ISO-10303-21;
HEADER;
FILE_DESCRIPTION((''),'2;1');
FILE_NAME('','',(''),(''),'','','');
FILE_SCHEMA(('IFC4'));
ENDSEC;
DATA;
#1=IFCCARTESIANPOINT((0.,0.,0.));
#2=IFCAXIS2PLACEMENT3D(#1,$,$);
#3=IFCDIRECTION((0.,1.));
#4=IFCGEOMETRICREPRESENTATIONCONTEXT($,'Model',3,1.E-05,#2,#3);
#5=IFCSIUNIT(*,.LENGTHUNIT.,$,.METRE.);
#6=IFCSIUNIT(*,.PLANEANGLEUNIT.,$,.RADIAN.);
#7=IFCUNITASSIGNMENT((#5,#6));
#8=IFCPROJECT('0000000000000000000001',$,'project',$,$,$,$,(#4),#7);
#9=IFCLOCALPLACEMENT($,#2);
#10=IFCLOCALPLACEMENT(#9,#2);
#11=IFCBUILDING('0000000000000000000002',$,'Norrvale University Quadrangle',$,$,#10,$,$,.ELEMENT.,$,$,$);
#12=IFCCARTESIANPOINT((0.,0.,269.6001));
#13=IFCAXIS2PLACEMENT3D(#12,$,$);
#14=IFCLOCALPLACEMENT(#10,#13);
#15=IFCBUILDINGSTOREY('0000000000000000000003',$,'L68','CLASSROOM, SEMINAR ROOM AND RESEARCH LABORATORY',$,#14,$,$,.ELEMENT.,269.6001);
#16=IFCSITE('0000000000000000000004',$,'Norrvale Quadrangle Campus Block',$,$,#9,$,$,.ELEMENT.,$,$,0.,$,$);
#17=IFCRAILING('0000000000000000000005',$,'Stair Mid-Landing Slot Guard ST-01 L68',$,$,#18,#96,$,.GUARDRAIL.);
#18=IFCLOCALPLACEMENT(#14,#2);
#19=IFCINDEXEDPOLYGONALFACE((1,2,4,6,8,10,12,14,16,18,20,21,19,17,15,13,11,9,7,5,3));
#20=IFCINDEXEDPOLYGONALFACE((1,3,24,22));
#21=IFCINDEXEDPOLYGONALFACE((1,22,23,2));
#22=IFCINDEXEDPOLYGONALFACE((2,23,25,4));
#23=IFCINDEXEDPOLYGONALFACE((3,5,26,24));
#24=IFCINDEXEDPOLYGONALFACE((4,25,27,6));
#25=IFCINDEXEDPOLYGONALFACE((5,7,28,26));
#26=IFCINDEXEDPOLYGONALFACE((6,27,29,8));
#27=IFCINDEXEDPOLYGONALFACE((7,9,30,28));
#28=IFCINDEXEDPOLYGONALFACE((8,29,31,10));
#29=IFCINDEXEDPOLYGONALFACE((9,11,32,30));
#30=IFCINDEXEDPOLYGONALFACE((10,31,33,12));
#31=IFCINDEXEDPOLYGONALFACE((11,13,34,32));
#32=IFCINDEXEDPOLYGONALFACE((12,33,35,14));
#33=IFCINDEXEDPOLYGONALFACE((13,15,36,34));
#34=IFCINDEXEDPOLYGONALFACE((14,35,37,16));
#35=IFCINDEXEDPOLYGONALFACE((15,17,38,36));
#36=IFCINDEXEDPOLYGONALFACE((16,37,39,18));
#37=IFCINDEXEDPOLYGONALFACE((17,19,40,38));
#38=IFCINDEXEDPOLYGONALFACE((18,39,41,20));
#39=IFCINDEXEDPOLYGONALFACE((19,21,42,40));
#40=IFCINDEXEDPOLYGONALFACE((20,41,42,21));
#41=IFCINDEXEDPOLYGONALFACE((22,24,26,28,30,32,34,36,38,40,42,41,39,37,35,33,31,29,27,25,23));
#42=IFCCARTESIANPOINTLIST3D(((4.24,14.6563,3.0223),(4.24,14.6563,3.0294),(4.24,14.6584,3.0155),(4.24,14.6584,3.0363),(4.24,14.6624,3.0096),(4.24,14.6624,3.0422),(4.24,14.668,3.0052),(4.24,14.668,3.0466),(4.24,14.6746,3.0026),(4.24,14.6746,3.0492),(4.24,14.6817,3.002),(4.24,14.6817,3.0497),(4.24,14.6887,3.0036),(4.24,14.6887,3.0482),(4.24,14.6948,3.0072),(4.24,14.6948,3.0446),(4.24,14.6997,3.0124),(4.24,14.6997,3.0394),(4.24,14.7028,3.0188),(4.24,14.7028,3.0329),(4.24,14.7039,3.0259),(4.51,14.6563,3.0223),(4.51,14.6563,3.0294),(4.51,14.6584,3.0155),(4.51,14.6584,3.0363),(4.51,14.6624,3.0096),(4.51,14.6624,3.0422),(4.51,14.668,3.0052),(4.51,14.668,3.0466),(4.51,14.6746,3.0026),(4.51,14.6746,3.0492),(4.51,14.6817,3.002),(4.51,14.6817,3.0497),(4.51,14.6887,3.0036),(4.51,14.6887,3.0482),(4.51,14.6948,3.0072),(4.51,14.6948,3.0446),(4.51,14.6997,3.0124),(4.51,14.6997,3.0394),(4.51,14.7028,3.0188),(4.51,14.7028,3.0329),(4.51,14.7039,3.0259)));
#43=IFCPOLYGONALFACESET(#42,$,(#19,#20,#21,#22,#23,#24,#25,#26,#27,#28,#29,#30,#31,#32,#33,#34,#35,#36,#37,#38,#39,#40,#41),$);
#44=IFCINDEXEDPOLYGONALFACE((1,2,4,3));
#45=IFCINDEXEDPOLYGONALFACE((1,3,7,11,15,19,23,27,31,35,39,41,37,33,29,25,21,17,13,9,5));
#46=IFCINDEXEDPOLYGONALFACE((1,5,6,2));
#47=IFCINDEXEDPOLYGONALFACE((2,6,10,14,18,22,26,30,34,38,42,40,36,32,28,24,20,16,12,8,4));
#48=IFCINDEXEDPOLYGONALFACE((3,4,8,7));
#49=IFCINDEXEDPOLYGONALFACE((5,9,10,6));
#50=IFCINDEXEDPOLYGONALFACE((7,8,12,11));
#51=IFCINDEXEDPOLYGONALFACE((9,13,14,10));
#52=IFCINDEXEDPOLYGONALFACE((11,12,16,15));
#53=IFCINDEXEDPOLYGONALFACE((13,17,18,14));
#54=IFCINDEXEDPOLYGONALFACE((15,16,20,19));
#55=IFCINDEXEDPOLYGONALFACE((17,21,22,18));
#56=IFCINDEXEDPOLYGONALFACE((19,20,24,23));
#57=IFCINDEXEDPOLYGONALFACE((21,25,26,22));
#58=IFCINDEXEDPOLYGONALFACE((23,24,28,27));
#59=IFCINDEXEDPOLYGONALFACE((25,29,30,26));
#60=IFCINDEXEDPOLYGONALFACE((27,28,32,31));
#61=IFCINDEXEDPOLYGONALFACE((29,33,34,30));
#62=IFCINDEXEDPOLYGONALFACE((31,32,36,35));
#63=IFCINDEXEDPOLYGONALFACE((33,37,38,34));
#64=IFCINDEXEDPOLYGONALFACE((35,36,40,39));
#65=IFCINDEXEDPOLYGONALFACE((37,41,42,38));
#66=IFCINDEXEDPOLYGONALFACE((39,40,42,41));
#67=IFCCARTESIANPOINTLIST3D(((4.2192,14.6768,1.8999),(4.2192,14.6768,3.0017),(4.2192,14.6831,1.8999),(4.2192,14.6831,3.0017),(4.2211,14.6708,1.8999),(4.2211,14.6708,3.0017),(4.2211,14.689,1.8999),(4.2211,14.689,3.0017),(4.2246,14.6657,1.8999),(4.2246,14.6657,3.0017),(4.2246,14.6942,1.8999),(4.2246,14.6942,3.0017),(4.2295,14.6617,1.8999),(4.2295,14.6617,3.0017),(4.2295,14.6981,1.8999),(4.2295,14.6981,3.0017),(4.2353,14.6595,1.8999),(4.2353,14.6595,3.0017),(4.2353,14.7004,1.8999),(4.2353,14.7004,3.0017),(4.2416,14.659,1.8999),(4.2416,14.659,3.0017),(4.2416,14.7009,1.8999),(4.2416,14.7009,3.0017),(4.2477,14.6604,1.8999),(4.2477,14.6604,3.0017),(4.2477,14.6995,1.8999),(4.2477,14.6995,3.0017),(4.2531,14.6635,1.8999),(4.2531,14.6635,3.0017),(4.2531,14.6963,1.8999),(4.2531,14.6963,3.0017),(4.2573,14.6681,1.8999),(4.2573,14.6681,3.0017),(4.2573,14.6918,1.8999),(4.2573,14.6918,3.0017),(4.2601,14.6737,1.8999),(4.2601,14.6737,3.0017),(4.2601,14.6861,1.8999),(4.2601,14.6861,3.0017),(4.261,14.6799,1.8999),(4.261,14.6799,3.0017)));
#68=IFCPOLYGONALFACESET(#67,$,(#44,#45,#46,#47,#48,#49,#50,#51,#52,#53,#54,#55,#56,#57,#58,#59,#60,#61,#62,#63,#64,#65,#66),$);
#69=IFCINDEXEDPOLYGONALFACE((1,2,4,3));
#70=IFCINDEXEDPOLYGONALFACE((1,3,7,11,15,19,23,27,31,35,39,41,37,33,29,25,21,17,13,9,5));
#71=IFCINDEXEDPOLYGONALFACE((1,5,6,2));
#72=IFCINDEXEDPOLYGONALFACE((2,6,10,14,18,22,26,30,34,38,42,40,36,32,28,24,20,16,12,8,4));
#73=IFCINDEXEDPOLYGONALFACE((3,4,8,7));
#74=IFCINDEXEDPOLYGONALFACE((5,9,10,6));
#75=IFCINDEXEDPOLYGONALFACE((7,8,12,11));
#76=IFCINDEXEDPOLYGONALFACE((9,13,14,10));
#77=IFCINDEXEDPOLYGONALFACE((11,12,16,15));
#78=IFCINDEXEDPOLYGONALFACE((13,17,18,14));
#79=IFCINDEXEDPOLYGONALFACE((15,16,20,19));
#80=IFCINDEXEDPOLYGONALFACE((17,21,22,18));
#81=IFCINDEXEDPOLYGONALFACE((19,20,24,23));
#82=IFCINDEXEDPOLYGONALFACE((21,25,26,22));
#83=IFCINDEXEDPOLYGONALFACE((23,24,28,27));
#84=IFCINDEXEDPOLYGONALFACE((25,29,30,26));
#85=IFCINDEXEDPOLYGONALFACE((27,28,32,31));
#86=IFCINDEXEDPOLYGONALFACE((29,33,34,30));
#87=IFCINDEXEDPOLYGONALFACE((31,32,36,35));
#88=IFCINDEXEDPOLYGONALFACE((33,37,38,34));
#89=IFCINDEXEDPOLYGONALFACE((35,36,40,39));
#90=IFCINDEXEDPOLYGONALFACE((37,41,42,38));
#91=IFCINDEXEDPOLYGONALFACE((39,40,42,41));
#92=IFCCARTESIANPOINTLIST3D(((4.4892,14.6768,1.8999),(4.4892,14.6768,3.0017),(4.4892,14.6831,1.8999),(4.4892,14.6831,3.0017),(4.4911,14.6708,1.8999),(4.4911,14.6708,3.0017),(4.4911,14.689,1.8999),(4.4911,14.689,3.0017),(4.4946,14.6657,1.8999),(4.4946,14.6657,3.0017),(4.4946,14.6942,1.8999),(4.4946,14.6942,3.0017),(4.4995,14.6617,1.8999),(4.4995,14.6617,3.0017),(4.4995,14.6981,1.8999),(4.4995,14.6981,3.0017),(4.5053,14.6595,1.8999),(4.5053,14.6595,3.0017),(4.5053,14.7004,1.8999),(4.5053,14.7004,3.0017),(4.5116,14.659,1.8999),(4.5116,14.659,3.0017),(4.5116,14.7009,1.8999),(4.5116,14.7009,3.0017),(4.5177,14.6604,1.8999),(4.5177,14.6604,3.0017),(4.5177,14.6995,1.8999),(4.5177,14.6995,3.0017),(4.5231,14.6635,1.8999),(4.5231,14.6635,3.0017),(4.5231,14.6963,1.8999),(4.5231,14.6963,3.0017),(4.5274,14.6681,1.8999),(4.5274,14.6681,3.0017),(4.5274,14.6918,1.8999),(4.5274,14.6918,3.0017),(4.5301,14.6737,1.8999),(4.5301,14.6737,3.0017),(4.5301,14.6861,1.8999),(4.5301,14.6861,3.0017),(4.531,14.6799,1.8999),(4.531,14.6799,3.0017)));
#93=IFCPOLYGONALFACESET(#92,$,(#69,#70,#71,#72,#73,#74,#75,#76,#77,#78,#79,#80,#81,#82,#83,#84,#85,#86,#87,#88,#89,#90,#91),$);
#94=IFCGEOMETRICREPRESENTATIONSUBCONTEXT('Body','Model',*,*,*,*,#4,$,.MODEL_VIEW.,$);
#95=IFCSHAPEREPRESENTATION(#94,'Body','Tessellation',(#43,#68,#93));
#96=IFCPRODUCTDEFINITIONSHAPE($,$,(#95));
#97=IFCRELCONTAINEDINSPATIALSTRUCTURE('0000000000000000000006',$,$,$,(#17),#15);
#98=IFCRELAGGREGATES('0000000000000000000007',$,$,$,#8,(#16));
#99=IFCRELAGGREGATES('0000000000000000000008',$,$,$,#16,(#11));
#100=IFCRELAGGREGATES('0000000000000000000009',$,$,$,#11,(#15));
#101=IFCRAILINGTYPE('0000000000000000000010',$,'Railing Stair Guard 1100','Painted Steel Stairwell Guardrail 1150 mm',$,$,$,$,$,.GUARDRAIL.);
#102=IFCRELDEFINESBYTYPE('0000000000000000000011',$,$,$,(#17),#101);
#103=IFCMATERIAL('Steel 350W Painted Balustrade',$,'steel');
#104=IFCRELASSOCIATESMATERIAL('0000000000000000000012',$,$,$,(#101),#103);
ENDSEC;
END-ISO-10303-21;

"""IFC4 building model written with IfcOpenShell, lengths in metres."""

from ifc_helpers import new_model, si_unit, direction, frame, origin, origin_2d, place, context, subcontext, project, spatial, circle, extrude, material, type_object, element, save


model = new_model("IFC4")

# Units and contexts
model_context = context("Model", 3, precision=1e-05, world=origin(), true_north=direction((0.0, 1.0)))
body_context = subcontext(model_context, "Body", "Model", "MODEL_VIEW")
ifc_project = project(units=[si_unit("LENGTHUNIT", "METRE"), si_unit("PLANEANGLEUNIT", "RADIAN")], contexts=[model_context])

# Site, building, storey
site_placement = place(None, origin())
site = spatial("IfcSite", under=ifc_project, at=site_placement, Name="Norrvale Quadrangle Campus Block", CompositionType="ELEMENT", RefElevation=0.0)
building_placement = place(site_placement, origin())
building = spatial("IfcBuilding", under=site, at=building_placement, Name="Norrvale University Quadrangle", CompositionType="ELEMENT")
storey_placement = place(building_placement, frame((0.0, 0.0, 269.6001)))
storey = spatial("IfcBuildingStorey", under=building, at=storey_placement, Name="L68", Description="CLASSROOM, SEMINAR ROOM AND RESEARCH LABORATORY", CompositionType="ELEMENT", Elevation=269.6001)

# Railing
ifc_material_1 = material(Name="Steel 350W Painted Balustrade", Category="steel")
railing_type_1 = type_object("IfcRailingType", Name="Railing Stair Guard 1100", Description="Painted Steel Stairwell Guardrail 1150 mm", PredefinedType="GUARDRAIL", material=ifc_material_1)
for number, where, name in (
    (1, (4.24, 14.6799, 1.8999), "Stair Mid-Landing Slot Guard ST-01 L68"),
):
    element("IfcRailing", number, at=place(storey_placement, frame(where)), inside=storey, type_object=railing_type_1, Name=name, PredefinedType="GUARDRAIL", context=body_context, shape_type="SweptSolid", body=[
        extrude(circle(Radius=0.0239, at=origin_2d()), frame((0.0, 0.0, 1.126), z_axis=(1.0, 0.0, 0.0), x_axis=(0.0, 1.0, 0.0)), (0.0, 0.0, 1.0), 0.27),
        extrude(circle(Radius=0.021, at=origin_2d()), origin(), (0.0, 0.0, 1.0), 1.1018),
        extrude(circle(Radius=0.021, at=origin_2d()), frame((0.27, 0.0, 0.0)), (0.0, 0.0, 1.0), 1.1018),
    ])

save(model, "model.ifc")
